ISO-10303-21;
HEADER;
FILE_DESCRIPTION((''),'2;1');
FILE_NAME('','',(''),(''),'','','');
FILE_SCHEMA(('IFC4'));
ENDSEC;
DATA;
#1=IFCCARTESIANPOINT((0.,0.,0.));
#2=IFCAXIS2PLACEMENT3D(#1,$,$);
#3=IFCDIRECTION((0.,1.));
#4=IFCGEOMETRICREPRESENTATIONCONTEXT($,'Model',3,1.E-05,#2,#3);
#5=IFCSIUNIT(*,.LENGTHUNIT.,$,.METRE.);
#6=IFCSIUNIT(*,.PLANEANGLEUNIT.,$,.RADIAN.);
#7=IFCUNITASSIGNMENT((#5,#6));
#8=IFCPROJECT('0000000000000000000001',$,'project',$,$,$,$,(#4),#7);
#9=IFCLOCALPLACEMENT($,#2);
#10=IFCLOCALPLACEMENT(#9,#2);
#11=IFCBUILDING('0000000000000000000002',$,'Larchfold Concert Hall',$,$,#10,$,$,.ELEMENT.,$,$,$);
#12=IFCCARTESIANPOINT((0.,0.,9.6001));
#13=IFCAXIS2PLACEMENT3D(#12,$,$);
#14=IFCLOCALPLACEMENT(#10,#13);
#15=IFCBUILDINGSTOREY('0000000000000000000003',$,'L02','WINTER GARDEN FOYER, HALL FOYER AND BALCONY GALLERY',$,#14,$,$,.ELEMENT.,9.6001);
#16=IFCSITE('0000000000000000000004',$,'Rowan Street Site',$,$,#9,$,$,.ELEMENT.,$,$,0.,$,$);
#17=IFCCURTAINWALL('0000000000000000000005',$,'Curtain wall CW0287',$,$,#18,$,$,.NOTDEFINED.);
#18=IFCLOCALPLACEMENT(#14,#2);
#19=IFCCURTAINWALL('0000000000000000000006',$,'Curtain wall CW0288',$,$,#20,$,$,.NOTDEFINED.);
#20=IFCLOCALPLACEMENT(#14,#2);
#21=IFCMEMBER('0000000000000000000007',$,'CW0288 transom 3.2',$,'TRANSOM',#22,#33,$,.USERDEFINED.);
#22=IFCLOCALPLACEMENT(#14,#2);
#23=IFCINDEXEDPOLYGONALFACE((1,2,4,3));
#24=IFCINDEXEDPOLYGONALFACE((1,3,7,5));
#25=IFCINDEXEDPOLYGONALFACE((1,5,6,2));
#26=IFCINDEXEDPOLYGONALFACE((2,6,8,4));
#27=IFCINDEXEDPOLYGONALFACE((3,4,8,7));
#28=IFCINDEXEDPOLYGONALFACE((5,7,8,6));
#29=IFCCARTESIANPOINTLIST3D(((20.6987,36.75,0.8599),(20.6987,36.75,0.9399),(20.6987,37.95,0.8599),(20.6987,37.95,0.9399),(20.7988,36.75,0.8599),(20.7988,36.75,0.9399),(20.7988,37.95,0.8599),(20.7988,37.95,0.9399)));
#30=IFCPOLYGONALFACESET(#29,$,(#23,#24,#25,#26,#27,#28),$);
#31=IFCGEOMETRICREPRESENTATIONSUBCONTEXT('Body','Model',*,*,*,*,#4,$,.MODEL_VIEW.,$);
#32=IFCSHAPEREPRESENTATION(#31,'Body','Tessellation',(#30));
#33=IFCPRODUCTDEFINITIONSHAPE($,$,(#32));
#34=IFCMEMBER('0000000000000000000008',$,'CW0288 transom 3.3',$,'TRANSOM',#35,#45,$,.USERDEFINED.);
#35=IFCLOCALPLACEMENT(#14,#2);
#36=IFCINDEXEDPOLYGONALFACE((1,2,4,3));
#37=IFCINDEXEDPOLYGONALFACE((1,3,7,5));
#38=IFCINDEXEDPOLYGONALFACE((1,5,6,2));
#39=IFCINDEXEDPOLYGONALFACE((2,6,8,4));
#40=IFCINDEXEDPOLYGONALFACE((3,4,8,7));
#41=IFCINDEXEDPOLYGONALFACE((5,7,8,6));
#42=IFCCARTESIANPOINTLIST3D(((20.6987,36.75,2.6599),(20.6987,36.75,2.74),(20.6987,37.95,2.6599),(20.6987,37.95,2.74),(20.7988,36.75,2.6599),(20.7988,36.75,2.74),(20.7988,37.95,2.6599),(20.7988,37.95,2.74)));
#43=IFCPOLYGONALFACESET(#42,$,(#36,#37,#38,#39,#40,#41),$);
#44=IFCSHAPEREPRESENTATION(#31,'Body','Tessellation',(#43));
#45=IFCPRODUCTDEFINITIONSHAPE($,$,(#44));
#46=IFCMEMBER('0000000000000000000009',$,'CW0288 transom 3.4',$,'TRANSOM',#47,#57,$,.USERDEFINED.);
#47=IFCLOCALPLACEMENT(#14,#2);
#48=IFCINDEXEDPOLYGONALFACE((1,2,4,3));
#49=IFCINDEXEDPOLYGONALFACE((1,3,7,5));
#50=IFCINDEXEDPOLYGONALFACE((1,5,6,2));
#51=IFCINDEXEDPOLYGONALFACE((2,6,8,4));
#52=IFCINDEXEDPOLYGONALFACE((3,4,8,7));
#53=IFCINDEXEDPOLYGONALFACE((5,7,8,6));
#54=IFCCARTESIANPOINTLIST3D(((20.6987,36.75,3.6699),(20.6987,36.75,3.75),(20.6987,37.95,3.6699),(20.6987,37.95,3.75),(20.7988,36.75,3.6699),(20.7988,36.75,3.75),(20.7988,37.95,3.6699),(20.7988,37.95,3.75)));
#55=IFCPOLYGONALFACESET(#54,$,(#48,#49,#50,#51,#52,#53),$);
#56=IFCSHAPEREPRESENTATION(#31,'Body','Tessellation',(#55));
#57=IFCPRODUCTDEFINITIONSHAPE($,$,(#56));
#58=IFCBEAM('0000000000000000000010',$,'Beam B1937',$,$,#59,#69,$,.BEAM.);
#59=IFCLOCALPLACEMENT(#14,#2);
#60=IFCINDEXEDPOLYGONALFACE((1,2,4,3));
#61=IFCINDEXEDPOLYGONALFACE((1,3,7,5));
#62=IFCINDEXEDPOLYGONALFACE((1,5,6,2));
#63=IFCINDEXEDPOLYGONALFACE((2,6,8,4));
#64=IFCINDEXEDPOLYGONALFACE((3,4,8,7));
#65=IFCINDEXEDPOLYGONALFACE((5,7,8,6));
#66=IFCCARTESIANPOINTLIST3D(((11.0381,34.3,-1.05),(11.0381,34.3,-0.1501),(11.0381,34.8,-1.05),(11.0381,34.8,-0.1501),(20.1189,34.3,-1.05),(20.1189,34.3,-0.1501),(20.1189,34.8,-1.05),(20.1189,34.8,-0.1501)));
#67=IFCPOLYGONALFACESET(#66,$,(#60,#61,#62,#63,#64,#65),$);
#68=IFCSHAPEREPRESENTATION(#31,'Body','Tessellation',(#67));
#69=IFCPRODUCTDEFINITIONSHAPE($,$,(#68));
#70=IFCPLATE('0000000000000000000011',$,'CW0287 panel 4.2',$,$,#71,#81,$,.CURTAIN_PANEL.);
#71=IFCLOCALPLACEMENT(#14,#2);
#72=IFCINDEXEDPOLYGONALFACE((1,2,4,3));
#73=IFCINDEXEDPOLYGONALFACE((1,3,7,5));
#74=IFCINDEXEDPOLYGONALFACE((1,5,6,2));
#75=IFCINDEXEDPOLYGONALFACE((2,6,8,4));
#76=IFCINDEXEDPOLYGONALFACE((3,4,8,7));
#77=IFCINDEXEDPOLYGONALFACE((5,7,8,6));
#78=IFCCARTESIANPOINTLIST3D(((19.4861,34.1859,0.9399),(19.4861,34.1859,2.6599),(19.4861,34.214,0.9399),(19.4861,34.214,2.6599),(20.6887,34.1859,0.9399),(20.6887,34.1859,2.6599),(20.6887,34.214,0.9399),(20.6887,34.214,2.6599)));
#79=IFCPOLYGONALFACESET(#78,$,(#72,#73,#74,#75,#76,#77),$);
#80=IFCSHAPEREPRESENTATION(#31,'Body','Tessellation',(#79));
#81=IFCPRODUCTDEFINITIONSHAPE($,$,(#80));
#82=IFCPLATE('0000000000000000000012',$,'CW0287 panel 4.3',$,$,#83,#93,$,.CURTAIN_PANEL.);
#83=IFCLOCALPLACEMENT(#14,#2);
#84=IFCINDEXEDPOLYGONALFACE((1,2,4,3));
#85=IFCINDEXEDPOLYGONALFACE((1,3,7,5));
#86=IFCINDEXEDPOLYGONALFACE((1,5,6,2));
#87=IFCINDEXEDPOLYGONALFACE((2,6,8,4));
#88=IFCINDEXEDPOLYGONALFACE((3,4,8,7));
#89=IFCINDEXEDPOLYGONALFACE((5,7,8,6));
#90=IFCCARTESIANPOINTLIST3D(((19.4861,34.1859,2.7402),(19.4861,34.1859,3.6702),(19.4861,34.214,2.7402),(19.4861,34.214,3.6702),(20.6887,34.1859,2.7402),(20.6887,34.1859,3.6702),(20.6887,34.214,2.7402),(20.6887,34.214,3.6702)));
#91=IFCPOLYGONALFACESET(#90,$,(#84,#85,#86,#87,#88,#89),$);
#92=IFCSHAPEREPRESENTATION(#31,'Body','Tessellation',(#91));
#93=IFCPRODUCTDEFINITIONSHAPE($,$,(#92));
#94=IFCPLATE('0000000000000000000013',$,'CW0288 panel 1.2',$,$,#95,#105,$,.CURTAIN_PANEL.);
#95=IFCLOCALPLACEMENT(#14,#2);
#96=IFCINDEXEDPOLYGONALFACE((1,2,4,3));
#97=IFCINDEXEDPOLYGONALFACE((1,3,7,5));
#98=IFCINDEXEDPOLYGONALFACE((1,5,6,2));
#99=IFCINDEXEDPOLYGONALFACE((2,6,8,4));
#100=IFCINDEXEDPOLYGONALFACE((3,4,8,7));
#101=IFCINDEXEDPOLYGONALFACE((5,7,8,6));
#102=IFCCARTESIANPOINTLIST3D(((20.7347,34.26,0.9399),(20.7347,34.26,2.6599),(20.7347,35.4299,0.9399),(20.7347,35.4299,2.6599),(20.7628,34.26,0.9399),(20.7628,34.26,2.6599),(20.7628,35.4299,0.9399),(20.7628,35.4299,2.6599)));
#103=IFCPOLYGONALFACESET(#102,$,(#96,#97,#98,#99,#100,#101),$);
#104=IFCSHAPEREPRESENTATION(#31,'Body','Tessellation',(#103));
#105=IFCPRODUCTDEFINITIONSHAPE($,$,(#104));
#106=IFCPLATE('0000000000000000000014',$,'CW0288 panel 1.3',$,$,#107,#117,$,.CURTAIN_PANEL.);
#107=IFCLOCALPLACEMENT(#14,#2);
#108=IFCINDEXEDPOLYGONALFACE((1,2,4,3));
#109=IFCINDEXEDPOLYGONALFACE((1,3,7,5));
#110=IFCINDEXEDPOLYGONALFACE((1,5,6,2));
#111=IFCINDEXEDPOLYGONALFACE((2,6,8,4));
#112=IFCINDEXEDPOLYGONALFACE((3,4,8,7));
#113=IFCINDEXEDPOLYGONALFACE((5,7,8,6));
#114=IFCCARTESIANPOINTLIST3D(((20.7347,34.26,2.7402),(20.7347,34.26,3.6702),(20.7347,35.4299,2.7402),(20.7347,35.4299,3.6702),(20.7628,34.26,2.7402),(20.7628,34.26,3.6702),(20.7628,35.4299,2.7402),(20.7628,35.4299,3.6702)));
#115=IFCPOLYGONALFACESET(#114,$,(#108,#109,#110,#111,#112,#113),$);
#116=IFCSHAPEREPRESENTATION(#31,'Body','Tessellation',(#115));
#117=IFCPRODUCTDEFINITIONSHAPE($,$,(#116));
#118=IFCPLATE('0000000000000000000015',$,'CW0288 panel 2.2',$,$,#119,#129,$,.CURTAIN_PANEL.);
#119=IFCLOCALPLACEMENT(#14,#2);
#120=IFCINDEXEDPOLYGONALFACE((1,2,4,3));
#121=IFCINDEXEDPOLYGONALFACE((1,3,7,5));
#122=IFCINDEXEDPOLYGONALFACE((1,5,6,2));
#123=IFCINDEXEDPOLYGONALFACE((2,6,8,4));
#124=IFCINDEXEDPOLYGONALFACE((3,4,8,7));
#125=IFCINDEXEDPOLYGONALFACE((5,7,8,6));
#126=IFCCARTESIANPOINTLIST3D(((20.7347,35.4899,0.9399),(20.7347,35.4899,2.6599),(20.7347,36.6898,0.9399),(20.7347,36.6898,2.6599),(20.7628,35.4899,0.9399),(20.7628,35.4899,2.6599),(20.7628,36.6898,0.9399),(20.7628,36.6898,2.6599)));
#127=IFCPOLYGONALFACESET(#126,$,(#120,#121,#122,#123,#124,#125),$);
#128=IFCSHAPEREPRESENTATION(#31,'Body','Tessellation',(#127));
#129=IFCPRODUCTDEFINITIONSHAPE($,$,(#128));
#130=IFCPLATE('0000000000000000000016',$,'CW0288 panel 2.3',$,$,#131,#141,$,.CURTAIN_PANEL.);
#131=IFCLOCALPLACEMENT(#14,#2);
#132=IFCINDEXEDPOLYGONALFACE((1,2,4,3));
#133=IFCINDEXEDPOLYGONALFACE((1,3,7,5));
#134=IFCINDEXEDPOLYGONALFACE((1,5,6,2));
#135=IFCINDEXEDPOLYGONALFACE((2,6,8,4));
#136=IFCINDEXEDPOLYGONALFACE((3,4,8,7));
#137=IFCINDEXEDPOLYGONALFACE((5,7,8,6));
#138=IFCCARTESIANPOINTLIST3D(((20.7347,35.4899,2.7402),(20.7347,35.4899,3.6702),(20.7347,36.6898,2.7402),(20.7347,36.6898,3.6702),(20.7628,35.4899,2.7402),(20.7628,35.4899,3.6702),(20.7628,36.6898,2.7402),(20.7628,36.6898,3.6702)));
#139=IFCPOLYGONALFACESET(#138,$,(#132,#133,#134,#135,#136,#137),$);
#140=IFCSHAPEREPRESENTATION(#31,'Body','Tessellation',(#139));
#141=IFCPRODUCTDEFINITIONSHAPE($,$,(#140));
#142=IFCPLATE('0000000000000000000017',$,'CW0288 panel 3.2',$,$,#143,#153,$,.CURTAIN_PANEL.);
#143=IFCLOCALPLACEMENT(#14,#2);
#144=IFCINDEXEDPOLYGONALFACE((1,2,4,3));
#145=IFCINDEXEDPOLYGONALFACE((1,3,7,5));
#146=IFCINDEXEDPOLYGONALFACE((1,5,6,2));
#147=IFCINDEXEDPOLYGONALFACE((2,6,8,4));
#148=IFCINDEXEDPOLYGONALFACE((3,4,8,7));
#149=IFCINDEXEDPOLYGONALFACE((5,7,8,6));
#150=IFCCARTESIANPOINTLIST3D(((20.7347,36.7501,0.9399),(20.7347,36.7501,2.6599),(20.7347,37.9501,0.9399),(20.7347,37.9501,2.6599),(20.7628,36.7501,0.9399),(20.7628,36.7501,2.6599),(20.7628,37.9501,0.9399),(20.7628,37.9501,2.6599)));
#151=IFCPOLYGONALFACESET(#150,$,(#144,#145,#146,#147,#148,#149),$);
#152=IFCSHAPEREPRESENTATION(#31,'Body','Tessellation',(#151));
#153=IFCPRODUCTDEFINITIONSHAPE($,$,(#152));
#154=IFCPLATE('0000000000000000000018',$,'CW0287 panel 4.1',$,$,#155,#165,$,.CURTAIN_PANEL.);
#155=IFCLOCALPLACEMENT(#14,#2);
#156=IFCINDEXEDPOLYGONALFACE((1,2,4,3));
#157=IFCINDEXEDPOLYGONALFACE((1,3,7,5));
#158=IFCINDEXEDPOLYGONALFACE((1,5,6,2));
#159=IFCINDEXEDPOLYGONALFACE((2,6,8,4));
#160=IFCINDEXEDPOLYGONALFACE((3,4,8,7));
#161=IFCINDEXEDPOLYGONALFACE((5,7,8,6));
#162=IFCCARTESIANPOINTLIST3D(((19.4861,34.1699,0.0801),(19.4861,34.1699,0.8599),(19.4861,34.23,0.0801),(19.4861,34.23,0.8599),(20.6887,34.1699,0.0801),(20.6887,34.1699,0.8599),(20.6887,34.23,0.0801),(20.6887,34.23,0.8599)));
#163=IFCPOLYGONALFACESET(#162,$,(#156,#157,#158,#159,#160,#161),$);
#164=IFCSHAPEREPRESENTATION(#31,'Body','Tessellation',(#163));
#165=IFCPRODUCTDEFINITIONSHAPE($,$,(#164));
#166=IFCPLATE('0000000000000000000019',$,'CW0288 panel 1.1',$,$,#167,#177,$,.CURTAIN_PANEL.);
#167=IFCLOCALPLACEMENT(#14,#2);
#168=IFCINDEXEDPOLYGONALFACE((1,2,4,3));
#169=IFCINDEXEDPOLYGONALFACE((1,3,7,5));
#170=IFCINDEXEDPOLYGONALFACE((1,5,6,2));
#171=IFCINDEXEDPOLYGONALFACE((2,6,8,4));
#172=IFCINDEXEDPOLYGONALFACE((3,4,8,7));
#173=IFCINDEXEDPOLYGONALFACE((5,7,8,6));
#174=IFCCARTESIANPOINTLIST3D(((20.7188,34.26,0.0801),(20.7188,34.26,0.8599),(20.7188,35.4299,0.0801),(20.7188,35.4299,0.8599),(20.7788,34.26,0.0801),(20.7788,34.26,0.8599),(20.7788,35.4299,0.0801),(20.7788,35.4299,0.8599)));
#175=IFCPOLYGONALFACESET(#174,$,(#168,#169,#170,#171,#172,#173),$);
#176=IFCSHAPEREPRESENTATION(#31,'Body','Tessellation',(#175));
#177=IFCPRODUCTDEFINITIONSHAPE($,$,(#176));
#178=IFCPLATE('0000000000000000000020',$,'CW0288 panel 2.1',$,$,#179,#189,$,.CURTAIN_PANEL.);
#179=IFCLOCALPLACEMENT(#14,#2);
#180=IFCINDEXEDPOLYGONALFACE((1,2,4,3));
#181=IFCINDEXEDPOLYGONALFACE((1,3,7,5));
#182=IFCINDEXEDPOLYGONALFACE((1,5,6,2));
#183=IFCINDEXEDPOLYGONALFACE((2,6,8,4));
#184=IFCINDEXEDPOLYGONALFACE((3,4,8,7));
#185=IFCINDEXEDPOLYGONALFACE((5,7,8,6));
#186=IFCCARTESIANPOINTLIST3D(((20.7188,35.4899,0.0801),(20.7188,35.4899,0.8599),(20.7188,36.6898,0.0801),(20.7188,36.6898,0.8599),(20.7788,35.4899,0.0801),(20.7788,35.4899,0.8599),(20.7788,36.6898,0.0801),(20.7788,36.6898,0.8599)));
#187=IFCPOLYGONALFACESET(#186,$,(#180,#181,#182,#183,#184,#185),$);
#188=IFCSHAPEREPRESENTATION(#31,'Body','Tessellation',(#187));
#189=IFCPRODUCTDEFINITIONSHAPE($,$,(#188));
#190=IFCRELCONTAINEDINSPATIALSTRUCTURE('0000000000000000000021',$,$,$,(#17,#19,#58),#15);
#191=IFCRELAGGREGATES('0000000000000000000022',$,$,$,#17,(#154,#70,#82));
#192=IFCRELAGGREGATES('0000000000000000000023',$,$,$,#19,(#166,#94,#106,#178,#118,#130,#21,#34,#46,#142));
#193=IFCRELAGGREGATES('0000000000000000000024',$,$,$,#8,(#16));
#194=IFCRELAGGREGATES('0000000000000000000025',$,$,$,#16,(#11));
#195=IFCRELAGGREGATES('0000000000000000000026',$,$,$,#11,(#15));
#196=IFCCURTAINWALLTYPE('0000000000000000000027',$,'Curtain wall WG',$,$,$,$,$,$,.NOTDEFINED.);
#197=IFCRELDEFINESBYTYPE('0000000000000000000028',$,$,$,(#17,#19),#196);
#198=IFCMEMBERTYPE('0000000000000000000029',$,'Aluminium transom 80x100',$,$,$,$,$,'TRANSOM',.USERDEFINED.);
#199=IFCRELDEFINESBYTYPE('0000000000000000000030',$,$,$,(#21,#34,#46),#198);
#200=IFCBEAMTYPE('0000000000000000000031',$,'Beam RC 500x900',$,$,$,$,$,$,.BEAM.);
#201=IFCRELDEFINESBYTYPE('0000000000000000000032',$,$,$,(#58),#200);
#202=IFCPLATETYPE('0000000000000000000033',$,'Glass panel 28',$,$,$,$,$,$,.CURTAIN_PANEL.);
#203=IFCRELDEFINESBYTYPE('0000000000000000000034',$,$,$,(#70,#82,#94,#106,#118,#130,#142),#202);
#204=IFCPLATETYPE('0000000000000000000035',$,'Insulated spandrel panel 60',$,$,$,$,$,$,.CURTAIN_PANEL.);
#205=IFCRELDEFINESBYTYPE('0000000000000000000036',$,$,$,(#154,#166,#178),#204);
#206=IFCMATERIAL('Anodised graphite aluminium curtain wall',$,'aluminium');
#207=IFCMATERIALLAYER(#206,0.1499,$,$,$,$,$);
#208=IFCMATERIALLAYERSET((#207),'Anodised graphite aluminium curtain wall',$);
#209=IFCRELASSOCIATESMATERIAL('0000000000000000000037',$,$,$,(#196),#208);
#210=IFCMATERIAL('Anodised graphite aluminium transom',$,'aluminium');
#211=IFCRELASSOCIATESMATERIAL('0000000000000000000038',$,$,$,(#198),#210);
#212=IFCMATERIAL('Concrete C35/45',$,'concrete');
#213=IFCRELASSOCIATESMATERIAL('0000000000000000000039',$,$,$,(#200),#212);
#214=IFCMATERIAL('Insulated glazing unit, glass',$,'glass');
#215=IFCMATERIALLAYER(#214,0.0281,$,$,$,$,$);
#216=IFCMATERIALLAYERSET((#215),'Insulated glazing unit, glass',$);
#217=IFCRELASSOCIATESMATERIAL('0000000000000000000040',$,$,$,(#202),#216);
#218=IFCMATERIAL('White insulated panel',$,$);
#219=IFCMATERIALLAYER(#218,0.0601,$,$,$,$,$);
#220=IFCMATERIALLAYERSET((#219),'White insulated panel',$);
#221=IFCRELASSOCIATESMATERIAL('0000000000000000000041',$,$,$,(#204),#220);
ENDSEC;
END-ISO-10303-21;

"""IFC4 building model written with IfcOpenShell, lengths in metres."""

from ifc_helpers import new_model, si_unit, direction, frame, origin, origin_2d, place, context, subcontext, project, spatial, rectangle, extrude, material, layer, layer_set, material_profile, profile_set, type_object, element, aggregate, save


model = new_model("IFC4")

# Units and contexts
model_context = context("Model", 3, precision=1e-05, world=origin(), true_north=direction((0.0, 1.0)))
body_context = subcontext(model_context, "Body", "Model", "MODEL_VIEW")
ifc_project = project(units=[si_unit("LENGTHUNIT", "METRE"), si_unit("PLANEANGLEUNIT", "RADIAN")], contexts=[model_context])

# Site, building, storey
site_placement = place(None, origin())
site = spatial("IfcSite", under=ifc_project, at=site_placement, Name="Rowan Street Site", CompositionType="ELEMENT", RefElevation=0.0)
building_placement = place(site_placement, origin())
building = spatial("IfcBuilding", under=site, at=building_placement, Name="Larchfold Concert Hall", CompositionType="ELEMENT")
storey_placement = place(building_placement, frame((0.0, 0.0, 9.6001)))
storey = spatial("IfcBuildingStorey", under=building, at=storey_placement, Name="L02", Description="WINTER GARDEN FOYER, HALL FOYER AND BALCONY GALLERY", CompositionType="ELEMENT", Elevation=9.6001)

# Curtain wall
ifc_material_1 = material(Name="Anodised graphite aluminium curtain wall", Category="aluminium")
ifc_layer_1 = layer(ifc_material_1, 0.1499)
ifc_layer_set_1 = layer_set([ifc_layer_1], Name="Anodised graphite aluminium curtain wall")
curtain_wall_type = type_object("IfcCurtainWallType", Name="Curtain wall WG", PredefinedType="NOTDEFINED", material=ifc_layer_set_1)
curtain_wall_1_placement = place(storey_placement, origin())
curtain_wall_1 = element("IfcCurtainWall", 1, at=curtain_wall_1_placement, inside=storey, type_object=curtain_wall_type, Name="Curtain wall CW0287", PredefinedType="NOTDEFINED")

# Curtain wall, members
curtain_wall_2_placement = place(storey_placement, origin())
curtain_wall_2 = element("IfcCurtainWall", 2, at=curtain_wall_2_placement, inside=storey, type_object=curtain_wall_type, Name="Curtain wall CW0288", PredefinedType="NOTDEFINED")
ifc_material_2 = material(Name="Anodised graphite aluminium transom", Category="aluminium")
ifc_material_profile_1 = material_profile(ifc_material_2, rectangle(XDim=0.1001, YDim=0.0801, at=origin_2d()))
ifc_profile_set_1 = profile_set([ifc_material_profile_1], Name="Anodised graphite aluminium transom")
member_type_1 = type_object("IfcMemberType", Name="Aluminium transom 80x100", ElementType="TRANSOM", PredefinedType="USERDEFINED", material=ifc_profile_set_1)
member_1_placement = place(storey_placement, frame((20.7488, 36.75, 0.8999), z_axis=(0.0, 1.0, 0.0), x_axis=(-1.0, 0.0, 0.0)))
member_1 = element("IfcMember", 3, at=member_1_placement, type_object=member_type_1, Name="CW0288 transom 3.2", ObjectType="TRANSOM", PredefinedType="USERDEFINED", context=body_context, shape_type="SweptSolid", body=[
    extrude(rectangle(XDim=0.1001, YDim=0.0801, at=origin_2d()), origin(), (0.0, 0.0, 1.0), 1.2),
])
member_2_placement = place(storey_placement, frame((20.7488, 36.75, 2.7), z_axis=(0.0, 1.0, 0.0), x_axis=(-1.0, 0.0, 0.0)))
member_2 = element("IfcMember", 4, at=member_2_placement, type_object=member_type_1, Name="CW0288 transom 3.3", ObjectType="TRANSOM", PredefinedType="USERDEFINED", context=body_context, shape_type="SweptSolid", body=[
    extrude(rectangle(XDim=0.1001, YDim=0.0801, at=origin_2d()), origin(), (0.0, 0.0, 1.0), 1.2),
])
member_3_placement = place(storey_placement, frame((20.7488, 36.75, 3.71), z_axis=(0.0, 1.0, 0.0), x_axis=(-1.0, 0.0, 0.0)))
member_3 = element("IfcMember", 5, at=member_3_placement, type_object=member_type_1, Name="CW0288 transom 3.4", ObjectType="TRANSOM", PredefinedType="USERDEFINED", context=body_context, shape_type="SweptSolid", body=[
    extrude(rectangle(XDim=0.1001, YDim=0.0801, at=origin_2d()), origin(), (0.0, 0.0, 1.0), 1.2),
])

# Beam
ifc_material_3 = material(Name="Concrete C35/45", Category="concrete")
ifc_material_profile_2 = material_profile(ifc_material_3, rectangle(XDim=0.5, YDim=0.8999, at=origin_2d()))
ifc_profile_set_2 = profile_set([ifc_material_profile_2], Name="Concrete C35/45")
beam_type = type_object("IfcBeamType", Name="Beam RC 500x900", PredefinedType="BEAM", material=ifc_profile_set_2)
beam_placement = place(storey_placement, frame((20.1189, 34.55, -0.6001), z_axis=(-1.0, 0.0, 0.0), x_axis=(0.0, -1.0, 0.0)))
element("IfcBeam", 6, at=beam_placement, inside=storey, type_object=beam_type, Name="Beam B1937", PredefinedType="BEAM", context=body_context, shape_type="SweptSolid", body=[
    extrude(rectangle(XDim=0.5, YDim=0.8999, at=origin_2d()), origin(), (0.0, 0.0, 1.0), 9.0808),
])

# Plates
ifc_material_4 = material(Name="Insulated glazing unit, glass", Category="glass")
ifc_layer_2 = layer(ifc_material_4, 0.0281)
ifc_layer_set_2 = layer_set([ifc_layer_2], Name="Insulated glazing unit, glass")
plate_type_1 = type_object("IfcPlateType", Name="Glass panel 28", PredefinedType="CURTAIN_PANEL", material=ifc_layer_set_2)
plate_1_placement = place(storey_placement, frame((20.0874, 34.2, 0.9399), z_axis=(0.0, 0.0, 1.0), x_axis=(1.0, 0.0, 0.0)))
plate_1 = element("IfcPlate", 7, at=plate_1_placement, type_object=plate_type_1, Name="CW0287 panel 4.2", PredefinedType="CURTAIN_PANEL", context=body_context, shape_type="SweptSolid", body=[
    extrude(rectangle(XDim=1.2026, YDim=0.0281, at=origin_2d()), origin(), (0.0, 0.0, 1.0), 1.72),
])
plate_2_placement = place(storey_placement, frame((20.0874, 34.2, 2.7402), z_axis=(0.0, 0.0, 1.0), x_axis=(1.0, 0.0, 0.0)))
plate_2 = element("IfcPlate", 8, at=plate_2_placement, type_object=plate_type_1, Name="CW0287 panel 4.3", PredefinedType="CURTAIN_PANEL", context=body_context, shape_type="SweptSolid", body=[
    extrude(rectangle(XDim=1.2026, YDim=0.0281, at=origin_2d()), origin(), (0.0, 0.0, 1.0), 0.9299),
])
plate_3_placement = place(storey_placement, frame((20.7488, 34.845, 0.9399), z_axis=(0.0, 0.0, 1.0), x_axis=(0.0, 1.0, 0.0)))
plate_3 = element("IfcPlate", 9, at=plate_3_placement, type_object=plate_type_1, Name="CW0288 panel 1.2", PredefinedType="CURTAIN_PANEL", context=body_context, shape_type="SweptSolid", body=[
    extrude(rectangle(XDim=1.1699, YDim=0.0281, at=origin_2d()), origin(), (0.0, 0.0, 1.0), 1.72),
])
plate_4_placement = place(storey_placement, frame((20.7488, 34.845, 2.7402), z_axis=(0.0, 0.0, 1.0), x_axis=(0.0, 1.0, 0.0)))
plate_4 = element("IfcPlate", 10, at=plate_4_placement, type_object=plate_type_1, Name="CW0288 panel 1.3", PredefinedType="CURTAIN_PANEL", context=body_context, shape_type="SweptSolid", body=[
    extrude(rectangle(XDim=1.1699, YDim=0.0281, at=origin_2d()), origin(), (0.0, 0.0, 1.0), 0.9299),
])
plate_5_placement = place(storey_placement, frame((20.7488, 36.0898, 0.9399), z_axis=(0.0, 0.0, 1.0), x_axis=(0.0, 1.0, 0.0)))
plate_5 = element("IfcPlate", 11, at=plate_5_placement, type_object=plate_type_1, Name="CW0288 panel 2.2", PredefinedType="CURTAIN_PANEL", context=body_context, shape_type="SweptSolid", body=[
    extrude(rectangle(XDim=1.2, YDim=0.0281, at=origin_2d()), origin(), (0.0, 0.0, 1.0), 1.72),
])
plate_6_placement = place(storey_placement, frame((20.7488, 36.0898, 2.7402), z_axis=(0.0, 0.0, 1.0), x_axis=(0.0, 1.0, 0.0)))
plate_6 = element("IfcPlate", 12, at=plate_6_placement, type_object=plate_type_1, Name="CW0288 panel 2.3", PredefinedType="CURTAIN_PANEL", context=body_context, shape_type="SweptSolid", body=[
    extrude(rectangle(XDim=1.2, YDim=0.0281, at=origin_2d()), origin(), (0.0, 0.0, 1.0), 0.9299),
])
plate_7_placement = place(storey_placement, frame((20.7488, 37.3501, 0.9399), z_axis=(0.0, 0.0, 1.0), x_axis=(0.0, 1.0, 0.0)))
plate_7 = element("IfcPlate", 13, at=plate_7_placement, type_object=plate_type_1, Name="CW0288 panel 3.2", PredefinedType="CURTAIN_PANEL", context=body_context, shape_type="SweptSolid", body=[
    extrude(rectangle(XDim=1.2, YDim=0.0281, at=origin_2d()), origin(), (0.0, 0.0, 1.0), 1.72),
])
ifc_material_5 = material(Name="White insulated panel")
ifc_layer_3 = layer(ifc_material_5, 0.0601)
ifc_layer_set_3 = layer_set([ifc_layer_3], Name="White insulated panel")
plate_type_2 = type_object("IfcPlateType", Name="Insulated spandrel panel 60", PredefinedType="CURTAIN_PANEL", material=ifc_layer_set_3)
plate_8_placement = place(storey_placement, frame((20.0874, 34.2, 0.0801), z_axis=(0.0, 0.0, 1.0), x_axis=(1.0, 0.0, 0.0)))
plate_8 = element("IfcPlate", 14, at=plate_8_placement, type_object=plate_type_2, Name="CW0287 panel 4.1", PredefinedType="CURTAIN_PANEL", context=body_context, shape_type="SweptSolid", body=[
    extrude(rectangle(XDim=1.2026, YDim=0.0601, at=origin_2d()), origin(), (0.0, 0.0, 1.0), 0.7798),
])
aggregate(curtain_wall_1, [plate_8, plate_1, plate_2])
plate_9_placement = place(storey_placement, frame((20.7488, 34.845, 0.0801), z_axis=(0.0, 0.0, 1.0), x_axis=(0.0, 1.0, 0.0)))
plate_9 = element("IfcPlate", 15, at=plate_9_placement, type_object=plate_type_2, Name="CW0288 panel 1.1", PredefinedType="CURTAIN_PANEL", context=body_context, shape_type="SweptSolid", body=[
    extrude(rectangle(XDim=1.1699, YDim=0.0601, at=origin_2d()), origin(), (0.0, 0.0, 1.0), 0.7798),
])
plate_10_placement = place(storey_placement, frame((20.7488, 36.0898, 0.0801), z_axis=(0.0, 0.0, 1.0), x_axis=(0.0, 1.0, 0.0)))
plate_10 = element("IfcPlate", 16, at=plate_10_placement, type_object=plate_type_2, Name="CW0288 panel 2.1", PredefinedType="CURTAIN_PANEL", context=body_context, shape_type="SweptSolid", body=[
    extrude(rectangle(XDim=1.2, YDim=0.0601, at=origin_2d()), origin(), (0.0, 0.0, 1.0), 0.7798),
])
aggregate(curtain_wall_2, [plate_9, plate_3, plate_4, plate_10, plate_5, plate_6, member_1, member_2, member_3, plate_7])

save(model, "model.ifc")
